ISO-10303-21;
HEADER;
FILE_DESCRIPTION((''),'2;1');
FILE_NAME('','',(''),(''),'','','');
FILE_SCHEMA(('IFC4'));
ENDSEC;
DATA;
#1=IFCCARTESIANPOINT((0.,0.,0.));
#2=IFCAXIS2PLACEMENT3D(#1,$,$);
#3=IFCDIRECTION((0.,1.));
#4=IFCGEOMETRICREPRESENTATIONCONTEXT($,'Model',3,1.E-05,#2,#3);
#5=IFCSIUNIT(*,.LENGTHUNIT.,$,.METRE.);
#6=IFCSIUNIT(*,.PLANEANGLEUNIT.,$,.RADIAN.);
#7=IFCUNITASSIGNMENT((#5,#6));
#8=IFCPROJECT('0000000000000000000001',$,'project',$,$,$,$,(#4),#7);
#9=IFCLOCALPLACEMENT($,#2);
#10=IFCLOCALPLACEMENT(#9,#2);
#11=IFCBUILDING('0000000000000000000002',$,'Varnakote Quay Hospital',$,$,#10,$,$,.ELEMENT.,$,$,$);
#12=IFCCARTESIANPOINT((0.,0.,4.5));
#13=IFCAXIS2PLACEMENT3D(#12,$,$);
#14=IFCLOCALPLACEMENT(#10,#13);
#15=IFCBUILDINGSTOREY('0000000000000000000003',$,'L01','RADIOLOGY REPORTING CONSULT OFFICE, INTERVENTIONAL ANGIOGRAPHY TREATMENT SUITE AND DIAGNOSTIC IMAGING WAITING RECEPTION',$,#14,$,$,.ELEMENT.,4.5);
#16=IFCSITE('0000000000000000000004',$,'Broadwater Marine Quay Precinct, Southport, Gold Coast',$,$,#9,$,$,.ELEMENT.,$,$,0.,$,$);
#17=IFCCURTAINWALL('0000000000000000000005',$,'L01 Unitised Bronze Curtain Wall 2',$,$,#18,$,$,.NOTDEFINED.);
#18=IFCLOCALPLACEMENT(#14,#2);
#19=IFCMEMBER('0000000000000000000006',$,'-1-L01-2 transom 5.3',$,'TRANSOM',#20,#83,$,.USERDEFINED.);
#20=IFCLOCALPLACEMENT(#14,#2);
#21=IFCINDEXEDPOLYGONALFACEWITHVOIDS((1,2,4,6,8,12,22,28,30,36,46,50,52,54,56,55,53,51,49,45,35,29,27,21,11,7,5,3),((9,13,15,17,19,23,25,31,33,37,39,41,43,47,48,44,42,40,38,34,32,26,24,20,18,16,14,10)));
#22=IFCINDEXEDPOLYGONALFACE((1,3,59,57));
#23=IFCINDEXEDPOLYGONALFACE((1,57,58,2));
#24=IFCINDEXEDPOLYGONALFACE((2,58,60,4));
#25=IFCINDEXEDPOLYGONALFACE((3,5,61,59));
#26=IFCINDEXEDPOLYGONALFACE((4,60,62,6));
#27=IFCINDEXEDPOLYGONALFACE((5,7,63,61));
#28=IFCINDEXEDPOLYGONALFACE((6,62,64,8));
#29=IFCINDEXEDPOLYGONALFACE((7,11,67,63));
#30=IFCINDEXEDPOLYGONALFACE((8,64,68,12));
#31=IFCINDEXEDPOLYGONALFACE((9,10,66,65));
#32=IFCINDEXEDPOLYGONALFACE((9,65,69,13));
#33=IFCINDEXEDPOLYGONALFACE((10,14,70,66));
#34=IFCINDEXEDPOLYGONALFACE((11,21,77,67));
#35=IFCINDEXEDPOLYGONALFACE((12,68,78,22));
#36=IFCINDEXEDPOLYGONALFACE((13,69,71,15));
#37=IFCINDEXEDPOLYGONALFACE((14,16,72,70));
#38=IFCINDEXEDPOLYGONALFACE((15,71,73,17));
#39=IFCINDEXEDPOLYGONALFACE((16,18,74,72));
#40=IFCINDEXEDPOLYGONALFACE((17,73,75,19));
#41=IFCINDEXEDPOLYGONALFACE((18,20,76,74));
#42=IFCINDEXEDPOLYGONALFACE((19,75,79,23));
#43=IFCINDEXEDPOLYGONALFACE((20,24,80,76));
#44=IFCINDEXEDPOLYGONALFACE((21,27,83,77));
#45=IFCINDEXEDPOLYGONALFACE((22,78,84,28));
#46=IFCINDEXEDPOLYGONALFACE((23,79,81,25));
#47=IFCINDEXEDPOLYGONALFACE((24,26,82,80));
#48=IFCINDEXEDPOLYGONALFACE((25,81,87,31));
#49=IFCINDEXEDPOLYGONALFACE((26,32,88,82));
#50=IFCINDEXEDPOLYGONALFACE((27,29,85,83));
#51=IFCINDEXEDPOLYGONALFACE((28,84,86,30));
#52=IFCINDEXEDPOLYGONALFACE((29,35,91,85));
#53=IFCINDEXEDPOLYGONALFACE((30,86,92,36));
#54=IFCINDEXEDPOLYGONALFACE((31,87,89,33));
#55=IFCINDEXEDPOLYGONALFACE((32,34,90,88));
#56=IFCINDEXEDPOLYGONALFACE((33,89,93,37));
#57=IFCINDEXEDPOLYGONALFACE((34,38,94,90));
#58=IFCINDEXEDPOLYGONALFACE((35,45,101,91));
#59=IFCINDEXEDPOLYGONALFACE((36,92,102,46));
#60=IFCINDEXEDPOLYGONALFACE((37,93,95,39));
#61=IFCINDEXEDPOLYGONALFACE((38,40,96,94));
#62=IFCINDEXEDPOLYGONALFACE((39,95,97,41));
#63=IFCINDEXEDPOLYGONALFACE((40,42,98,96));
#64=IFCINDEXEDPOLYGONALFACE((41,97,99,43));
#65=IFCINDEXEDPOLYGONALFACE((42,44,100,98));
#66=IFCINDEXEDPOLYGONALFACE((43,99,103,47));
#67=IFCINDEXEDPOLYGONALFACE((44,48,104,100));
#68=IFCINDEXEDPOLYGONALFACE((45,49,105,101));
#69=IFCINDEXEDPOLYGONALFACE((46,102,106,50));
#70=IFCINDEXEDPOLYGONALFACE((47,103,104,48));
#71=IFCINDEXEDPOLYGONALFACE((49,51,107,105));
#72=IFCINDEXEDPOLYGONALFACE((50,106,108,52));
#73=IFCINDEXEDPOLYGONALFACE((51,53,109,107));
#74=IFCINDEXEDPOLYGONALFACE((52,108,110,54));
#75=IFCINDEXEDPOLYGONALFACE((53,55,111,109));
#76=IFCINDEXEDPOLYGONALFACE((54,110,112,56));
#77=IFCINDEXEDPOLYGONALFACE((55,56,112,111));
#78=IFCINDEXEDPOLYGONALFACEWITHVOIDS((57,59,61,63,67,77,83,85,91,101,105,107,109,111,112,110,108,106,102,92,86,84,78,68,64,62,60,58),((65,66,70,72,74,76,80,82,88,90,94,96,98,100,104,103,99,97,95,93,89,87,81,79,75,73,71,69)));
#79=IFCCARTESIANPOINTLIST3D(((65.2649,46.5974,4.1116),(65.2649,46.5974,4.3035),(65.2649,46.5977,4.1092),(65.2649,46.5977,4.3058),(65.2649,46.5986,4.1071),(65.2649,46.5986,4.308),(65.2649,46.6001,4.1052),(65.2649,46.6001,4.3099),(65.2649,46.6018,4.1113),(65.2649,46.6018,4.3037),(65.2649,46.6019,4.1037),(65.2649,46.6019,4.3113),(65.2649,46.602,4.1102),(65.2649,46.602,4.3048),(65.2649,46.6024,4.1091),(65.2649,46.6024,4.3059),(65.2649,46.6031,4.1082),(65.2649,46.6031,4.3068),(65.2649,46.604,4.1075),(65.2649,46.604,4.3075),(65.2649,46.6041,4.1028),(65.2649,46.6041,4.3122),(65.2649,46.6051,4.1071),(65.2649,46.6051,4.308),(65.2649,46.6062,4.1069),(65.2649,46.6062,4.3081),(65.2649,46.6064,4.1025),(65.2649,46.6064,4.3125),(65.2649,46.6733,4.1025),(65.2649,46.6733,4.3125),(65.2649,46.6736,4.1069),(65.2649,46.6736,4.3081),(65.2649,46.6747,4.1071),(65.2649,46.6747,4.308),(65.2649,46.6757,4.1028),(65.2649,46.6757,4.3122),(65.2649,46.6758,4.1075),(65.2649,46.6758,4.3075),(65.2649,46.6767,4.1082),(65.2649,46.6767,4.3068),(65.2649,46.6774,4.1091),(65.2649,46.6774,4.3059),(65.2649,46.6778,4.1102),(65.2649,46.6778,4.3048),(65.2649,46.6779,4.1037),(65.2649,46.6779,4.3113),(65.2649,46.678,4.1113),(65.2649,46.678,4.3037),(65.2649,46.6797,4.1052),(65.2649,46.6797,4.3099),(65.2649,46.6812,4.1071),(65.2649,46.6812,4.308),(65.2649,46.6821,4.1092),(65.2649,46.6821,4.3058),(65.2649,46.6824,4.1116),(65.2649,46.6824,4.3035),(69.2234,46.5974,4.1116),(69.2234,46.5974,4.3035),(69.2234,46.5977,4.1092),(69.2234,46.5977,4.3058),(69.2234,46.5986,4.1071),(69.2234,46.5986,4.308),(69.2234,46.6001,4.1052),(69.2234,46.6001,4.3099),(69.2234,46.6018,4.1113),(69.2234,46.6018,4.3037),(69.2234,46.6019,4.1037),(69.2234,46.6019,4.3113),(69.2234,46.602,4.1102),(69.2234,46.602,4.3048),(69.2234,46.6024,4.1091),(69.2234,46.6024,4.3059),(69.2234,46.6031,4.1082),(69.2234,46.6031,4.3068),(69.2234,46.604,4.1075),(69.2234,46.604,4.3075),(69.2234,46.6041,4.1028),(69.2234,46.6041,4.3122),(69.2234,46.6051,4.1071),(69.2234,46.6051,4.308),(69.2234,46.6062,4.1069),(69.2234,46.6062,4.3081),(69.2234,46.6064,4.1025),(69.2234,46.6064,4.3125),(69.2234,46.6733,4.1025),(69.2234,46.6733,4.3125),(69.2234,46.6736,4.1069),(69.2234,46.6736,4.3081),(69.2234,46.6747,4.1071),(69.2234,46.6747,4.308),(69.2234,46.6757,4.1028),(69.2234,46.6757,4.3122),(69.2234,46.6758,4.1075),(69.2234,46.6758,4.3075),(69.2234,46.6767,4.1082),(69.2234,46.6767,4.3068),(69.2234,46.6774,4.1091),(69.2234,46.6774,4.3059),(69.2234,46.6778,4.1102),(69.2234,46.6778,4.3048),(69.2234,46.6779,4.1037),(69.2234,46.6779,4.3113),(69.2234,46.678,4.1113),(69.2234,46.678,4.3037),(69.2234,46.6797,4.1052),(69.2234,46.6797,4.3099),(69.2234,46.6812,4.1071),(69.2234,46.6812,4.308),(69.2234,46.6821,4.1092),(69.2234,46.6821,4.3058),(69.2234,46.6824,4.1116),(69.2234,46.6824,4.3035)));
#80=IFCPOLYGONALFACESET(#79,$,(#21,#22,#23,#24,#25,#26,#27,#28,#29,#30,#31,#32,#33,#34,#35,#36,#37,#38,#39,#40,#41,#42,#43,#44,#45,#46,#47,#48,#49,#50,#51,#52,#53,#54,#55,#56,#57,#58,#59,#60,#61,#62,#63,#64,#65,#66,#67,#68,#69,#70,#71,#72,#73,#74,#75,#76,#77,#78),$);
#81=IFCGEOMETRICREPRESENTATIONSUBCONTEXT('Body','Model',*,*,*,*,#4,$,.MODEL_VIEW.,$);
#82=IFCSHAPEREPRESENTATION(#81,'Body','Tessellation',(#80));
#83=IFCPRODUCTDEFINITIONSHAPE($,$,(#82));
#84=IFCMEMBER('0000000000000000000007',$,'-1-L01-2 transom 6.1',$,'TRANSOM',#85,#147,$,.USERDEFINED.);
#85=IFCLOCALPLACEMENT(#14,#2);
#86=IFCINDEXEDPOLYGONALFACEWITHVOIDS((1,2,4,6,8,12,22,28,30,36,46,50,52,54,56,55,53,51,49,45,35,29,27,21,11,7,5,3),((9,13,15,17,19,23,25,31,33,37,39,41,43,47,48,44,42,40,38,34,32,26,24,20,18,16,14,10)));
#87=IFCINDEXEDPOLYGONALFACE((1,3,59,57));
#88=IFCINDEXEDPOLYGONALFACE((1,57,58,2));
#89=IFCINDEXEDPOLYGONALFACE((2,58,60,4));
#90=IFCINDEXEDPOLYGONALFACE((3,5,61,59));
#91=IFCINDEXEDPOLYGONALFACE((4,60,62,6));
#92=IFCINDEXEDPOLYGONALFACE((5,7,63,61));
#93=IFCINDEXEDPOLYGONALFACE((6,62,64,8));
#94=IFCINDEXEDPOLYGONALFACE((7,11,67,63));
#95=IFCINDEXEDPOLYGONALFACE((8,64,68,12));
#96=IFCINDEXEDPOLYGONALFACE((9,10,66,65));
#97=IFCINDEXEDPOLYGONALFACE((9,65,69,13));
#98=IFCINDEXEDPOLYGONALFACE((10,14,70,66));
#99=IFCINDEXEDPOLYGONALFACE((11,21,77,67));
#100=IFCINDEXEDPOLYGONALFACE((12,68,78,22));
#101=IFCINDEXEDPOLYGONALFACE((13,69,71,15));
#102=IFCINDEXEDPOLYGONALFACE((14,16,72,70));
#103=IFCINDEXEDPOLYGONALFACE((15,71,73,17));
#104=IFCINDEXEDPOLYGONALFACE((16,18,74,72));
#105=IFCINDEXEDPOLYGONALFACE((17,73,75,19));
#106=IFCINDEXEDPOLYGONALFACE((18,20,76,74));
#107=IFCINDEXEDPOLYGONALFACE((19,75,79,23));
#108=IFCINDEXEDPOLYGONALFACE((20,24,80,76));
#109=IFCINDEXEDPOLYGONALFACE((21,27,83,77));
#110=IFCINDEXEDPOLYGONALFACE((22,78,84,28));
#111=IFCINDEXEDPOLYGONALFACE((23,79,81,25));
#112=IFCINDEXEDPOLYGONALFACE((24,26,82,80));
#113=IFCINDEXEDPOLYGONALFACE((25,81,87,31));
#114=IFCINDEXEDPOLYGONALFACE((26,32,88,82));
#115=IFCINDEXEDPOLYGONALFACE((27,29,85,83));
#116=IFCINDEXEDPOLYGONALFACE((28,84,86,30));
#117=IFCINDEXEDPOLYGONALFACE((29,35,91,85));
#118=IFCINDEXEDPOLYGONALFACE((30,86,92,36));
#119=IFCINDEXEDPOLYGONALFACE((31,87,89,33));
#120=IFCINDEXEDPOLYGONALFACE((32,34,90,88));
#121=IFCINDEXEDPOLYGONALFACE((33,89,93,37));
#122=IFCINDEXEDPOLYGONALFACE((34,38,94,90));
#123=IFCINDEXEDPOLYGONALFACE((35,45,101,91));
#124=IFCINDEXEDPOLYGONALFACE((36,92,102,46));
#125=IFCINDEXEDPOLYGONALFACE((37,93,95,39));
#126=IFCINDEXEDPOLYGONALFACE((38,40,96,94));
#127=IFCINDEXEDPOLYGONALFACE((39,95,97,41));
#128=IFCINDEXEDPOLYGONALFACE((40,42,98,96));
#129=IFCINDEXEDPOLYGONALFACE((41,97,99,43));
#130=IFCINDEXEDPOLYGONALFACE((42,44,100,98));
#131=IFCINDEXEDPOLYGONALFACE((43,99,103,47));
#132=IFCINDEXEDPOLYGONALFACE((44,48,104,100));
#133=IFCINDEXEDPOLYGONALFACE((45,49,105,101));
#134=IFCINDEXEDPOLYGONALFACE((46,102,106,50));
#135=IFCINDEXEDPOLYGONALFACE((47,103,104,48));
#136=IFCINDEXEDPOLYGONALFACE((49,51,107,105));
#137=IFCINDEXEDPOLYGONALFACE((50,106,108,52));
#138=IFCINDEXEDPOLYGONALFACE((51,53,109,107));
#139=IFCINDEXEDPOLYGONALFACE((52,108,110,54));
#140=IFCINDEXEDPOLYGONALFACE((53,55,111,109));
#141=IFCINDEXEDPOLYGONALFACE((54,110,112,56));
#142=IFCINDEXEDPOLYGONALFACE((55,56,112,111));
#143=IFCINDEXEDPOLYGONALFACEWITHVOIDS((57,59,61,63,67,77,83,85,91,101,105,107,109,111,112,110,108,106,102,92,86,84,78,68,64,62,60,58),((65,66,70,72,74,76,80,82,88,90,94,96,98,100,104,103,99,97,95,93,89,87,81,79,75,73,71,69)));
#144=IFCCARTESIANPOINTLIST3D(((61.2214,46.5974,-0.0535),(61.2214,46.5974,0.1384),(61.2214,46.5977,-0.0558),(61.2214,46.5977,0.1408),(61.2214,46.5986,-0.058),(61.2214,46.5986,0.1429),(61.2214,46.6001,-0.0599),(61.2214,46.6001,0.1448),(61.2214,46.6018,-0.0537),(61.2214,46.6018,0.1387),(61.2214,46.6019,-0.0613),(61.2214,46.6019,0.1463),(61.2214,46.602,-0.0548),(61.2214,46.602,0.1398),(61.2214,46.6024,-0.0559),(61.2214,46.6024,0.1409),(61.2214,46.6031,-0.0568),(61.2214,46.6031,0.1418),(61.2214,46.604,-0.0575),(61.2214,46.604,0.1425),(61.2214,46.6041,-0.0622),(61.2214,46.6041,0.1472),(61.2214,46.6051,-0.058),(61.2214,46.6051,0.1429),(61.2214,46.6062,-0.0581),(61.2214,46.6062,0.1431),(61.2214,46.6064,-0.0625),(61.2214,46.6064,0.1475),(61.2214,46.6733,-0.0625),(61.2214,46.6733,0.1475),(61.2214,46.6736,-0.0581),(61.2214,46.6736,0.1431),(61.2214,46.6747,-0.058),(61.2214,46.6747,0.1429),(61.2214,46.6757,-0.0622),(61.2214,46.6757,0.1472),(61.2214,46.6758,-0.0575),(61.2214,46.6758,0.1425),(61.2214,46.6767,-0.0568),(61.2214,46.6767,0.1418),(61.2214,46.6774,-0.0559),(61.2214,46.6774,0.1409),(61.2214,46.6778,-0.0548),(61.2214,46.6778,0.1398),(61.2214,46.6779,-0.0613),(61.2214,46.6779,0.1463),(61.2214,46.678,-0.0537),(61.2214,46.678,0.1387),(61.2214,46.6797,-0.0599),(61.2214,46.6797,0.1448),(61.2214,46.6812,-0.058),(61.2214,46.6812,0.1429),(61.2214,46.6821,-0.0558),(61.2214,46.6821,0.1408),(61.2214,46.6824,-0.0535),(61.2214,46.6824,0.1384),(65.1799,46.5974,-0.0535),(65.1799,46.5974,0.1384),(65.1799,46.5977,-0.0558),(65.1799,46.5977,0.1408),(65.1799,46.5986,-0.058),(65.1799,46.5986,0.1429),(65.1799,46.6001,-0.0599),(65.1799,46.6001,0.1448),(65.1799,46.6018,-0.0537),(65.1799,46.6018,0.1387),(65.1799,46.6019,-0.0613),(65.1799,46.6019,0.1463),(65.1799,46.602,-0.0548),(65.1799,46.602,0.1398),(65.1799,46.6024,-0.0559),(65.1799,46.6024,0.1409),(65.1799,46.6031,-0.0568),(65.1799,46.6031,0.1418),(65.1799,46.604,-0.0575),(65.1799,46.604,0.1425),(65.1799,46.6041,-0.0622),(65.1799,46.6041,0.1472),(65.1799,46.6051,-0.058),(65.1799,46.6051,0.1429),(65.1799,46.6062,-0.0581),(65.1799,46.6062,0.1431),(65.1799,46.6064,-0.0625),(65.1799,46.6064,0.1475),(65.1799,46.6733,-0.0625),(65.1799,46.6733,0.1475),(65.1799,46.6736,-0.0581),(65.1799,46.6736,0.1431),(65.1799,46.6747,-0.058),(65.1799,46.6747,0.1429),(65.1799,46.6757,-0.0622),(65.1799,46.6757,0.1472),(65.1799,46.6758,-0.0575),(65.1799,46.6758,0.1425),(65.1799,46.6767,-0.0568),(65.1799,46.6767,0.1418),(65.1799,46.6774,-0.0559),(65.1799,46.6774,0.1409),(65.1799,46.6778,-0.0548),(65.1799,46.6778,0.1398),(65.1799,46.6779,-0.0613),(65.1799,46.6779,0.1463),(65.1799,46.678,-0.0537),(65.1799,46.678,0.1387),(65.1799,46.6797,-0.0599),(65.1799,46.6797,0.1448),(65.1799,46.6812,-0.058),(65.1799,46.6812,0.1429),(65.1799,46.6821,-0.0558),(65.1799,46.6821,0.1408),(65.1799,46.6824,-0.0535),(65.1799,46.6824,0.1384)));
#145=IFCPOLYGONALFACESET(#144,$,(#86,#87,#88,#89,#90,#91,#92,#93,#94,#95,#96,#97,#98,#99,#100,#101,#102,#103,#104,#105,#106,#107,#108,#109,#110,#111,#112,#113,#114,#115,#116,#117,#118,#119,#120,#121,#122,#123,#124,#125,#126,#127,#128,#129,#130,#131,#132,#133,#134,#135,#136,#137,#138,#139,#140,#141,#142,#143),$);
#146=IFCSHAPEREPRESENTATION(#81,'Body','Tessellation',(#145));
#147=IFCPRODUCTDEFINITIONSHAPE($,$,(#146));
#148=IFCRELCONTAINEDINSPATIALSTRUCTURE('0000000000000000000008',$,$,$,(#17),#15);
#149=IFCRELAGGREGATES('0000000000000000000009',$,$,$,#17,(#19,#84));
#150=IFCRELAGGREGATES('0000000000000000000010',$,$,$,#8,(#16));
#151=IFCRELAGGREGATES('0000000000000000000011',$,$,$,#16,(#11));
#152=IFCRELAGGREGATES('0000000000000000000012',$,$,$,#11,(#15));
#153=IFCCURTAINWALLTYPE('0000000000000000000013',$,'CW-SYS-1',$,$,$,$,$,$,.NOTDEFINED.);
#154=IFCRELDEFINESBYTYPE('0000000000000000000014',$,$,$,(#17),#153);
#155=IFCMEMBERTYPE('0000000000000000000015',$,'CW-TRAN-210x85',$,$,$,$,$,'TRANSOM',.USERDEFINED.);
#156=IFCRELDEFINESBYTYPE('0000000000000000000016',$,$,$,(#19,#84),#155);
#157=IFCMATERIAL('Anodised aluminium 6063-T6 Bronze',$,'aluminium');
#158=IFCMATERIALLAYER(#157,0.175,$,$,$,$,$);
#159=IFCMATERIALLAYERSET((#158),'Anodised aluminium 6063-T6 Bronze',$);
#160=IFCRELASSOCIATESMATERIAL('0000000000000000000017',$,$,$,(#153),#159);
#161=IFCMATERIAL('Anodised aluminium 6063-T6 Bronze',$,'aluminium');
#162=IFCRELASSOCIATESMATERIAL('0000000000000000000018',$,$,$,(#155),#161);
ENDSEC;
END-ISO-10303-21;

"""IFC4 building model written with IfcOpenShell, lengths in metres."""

from ifc_helpers import new_model, si_unit, direction, frame, origin, origin_2d, place, context, subcontext, project, spatial, hollow_rectangle, extrude, material, layer, layer_set, material_profile, profile_set, type_object, element, aggregate, save


model = new_model("IFC4")

# Units and contexts
model_context = context("Model", 3, precision=1e-05, world=origin(), true_north=direction((0.0, 1.0)))
body_context = subcontext(model_context, "Body", "Model", "MODEL_VIEW")
ifc_project = project(units=[si_unit("LENGTHUNIT", "METRE"), si_unit("PLANEANGLEUNIT", "RADIAN")], contexts=[model_context])

# Site, building, storey
site_placement = place(None, origin())
site = spatial("IfcSite", under=ifc_project, at=site_placement, Name="Broadwater Marine Quay Precinct, Southport, Gold Coast", CompositionType="ELEMENT", RefElevation=0.0)
building_placement = place(site_placement, origin())
building = spatial("IfcBuilding", under=site, at=building_placement, Name="Varnakote Quay Hospital", CompositionType="ELEMENT")
storey_placement = place(building_placement, frame((0.0, 0.0, 4.5)))
storey = spatial("IfcBuildingStorey", under=building, at=storey_placement, Name="L01", Description="RADIOLOGY REPORTING CONSULT OFFICE, INTERVENTIONAL ANGIOGRAPHY TREATMENT SUITE AND DIAGNOSTIC IMAGING WAITING RECEPTION", CompositionType="ELEMENT", Elevation=4.5)

# Curtain wall, members
ifc_material_1 = material(Name="Anodised aluminium 6063-T6 Bronze", Category="aluminium")
ifc_layer_1 = layer(ifc_material_1, 0.175)
ifc_layer_set_1 = layer_set([ifc_layer_1], Name="Anodised aluminium 6063-T6 Bronze")
curtain_wall_type = type_object("IfcCurtainWallType", Name="CW-SYS-1", PredefinedType="NOTDEFINED", material=ifc_layer_set_1)
curtain_wall_placement = place(storey_placement, origin())
curtain_wall = element("IfcCurtainWall", 1, at=curtain_wall_placement, inside=storey, type_object=curtain_wall_type, Name="L01 Unitised Bronze Curtain Wall 2", PredefinedType="NOTDEFINED")
ifc_material_2 = material(Name="Anodised aluminium 6063-T6 Bronze", Category="aluminium")
ifc_material_profile_1 = material_profile(ifc_material_2, hollow_rectangle(XDim=0.085, YDim=0.21, WallThickness=0.0044, InnerFilletRadius=0.0044, OuterFilletRadius=0.009, at=origin_2d()), Name="CW-TRAN-210x85")
ifc_profile_set_1 = profile_set([ifc_material_profile_1], Name="Anodised aluminium 6063-T6 Bronze")
member_type_1 = type_object("IfcMemberType", Name="CW-TRAN-210x85", ElementType="TRANSOM", PredefinedType="USERDEFINED", material=ifc_profile_set_1)
member_1_placement = place(storey_placement, frame((69.2234, 46.6399, 4.2075), z_axis=(-1.0, 0.0, 0.0), x_axis=(0.0, -1.0, 0.0)))
member_1 = element("IfcMember", 2, at=member_1_placement, type_object=member_type_1, Name="-1-L01-2 transom 5.3", ObjectType="TRANSOM", PredefinedType="USERDEFINED", context=body_context, shape_type="SweptSolid", body=[
    extrude(hollow_rectangle(XDim=0.085, YDim=0.21, WallThickness=0.0044, InnerFilletRadius=0.0044, OuterFilletRadius=0.009, at=origin_2d()), origin(), (0.0, 0.0, 1.0), 3.9585),
])
member_2_placement = place(storey_placement, frame((65.1799, 46.6399, 0.0425), z_axis=(-1.0, 0.0, 0.0), x_axis=(0.0, -1.0, 0.0)))
member_2 = element("IfcMember", 3, at=member_2_placement, type_object=member_type_1, Name="-1-L01-2 transom 6.1", ObjectType="TRANSOM", PredefinedType="USERDEFINED", context=body_context, shape_type="SweptSolid", body=[
    extrude(hollow_rectangle(XDim=0.085, YDim=0.21, WallThickness=0.0044, InnerFilletRadius=0.0044, OuterFilletRadius=0.009, at=origin_2d()), origin(), (0.0, 0.0, 1.0), 3.9585),
])

aggregate(curtain_wall, [member_1, member_2])

save(model, "model.ifc")
